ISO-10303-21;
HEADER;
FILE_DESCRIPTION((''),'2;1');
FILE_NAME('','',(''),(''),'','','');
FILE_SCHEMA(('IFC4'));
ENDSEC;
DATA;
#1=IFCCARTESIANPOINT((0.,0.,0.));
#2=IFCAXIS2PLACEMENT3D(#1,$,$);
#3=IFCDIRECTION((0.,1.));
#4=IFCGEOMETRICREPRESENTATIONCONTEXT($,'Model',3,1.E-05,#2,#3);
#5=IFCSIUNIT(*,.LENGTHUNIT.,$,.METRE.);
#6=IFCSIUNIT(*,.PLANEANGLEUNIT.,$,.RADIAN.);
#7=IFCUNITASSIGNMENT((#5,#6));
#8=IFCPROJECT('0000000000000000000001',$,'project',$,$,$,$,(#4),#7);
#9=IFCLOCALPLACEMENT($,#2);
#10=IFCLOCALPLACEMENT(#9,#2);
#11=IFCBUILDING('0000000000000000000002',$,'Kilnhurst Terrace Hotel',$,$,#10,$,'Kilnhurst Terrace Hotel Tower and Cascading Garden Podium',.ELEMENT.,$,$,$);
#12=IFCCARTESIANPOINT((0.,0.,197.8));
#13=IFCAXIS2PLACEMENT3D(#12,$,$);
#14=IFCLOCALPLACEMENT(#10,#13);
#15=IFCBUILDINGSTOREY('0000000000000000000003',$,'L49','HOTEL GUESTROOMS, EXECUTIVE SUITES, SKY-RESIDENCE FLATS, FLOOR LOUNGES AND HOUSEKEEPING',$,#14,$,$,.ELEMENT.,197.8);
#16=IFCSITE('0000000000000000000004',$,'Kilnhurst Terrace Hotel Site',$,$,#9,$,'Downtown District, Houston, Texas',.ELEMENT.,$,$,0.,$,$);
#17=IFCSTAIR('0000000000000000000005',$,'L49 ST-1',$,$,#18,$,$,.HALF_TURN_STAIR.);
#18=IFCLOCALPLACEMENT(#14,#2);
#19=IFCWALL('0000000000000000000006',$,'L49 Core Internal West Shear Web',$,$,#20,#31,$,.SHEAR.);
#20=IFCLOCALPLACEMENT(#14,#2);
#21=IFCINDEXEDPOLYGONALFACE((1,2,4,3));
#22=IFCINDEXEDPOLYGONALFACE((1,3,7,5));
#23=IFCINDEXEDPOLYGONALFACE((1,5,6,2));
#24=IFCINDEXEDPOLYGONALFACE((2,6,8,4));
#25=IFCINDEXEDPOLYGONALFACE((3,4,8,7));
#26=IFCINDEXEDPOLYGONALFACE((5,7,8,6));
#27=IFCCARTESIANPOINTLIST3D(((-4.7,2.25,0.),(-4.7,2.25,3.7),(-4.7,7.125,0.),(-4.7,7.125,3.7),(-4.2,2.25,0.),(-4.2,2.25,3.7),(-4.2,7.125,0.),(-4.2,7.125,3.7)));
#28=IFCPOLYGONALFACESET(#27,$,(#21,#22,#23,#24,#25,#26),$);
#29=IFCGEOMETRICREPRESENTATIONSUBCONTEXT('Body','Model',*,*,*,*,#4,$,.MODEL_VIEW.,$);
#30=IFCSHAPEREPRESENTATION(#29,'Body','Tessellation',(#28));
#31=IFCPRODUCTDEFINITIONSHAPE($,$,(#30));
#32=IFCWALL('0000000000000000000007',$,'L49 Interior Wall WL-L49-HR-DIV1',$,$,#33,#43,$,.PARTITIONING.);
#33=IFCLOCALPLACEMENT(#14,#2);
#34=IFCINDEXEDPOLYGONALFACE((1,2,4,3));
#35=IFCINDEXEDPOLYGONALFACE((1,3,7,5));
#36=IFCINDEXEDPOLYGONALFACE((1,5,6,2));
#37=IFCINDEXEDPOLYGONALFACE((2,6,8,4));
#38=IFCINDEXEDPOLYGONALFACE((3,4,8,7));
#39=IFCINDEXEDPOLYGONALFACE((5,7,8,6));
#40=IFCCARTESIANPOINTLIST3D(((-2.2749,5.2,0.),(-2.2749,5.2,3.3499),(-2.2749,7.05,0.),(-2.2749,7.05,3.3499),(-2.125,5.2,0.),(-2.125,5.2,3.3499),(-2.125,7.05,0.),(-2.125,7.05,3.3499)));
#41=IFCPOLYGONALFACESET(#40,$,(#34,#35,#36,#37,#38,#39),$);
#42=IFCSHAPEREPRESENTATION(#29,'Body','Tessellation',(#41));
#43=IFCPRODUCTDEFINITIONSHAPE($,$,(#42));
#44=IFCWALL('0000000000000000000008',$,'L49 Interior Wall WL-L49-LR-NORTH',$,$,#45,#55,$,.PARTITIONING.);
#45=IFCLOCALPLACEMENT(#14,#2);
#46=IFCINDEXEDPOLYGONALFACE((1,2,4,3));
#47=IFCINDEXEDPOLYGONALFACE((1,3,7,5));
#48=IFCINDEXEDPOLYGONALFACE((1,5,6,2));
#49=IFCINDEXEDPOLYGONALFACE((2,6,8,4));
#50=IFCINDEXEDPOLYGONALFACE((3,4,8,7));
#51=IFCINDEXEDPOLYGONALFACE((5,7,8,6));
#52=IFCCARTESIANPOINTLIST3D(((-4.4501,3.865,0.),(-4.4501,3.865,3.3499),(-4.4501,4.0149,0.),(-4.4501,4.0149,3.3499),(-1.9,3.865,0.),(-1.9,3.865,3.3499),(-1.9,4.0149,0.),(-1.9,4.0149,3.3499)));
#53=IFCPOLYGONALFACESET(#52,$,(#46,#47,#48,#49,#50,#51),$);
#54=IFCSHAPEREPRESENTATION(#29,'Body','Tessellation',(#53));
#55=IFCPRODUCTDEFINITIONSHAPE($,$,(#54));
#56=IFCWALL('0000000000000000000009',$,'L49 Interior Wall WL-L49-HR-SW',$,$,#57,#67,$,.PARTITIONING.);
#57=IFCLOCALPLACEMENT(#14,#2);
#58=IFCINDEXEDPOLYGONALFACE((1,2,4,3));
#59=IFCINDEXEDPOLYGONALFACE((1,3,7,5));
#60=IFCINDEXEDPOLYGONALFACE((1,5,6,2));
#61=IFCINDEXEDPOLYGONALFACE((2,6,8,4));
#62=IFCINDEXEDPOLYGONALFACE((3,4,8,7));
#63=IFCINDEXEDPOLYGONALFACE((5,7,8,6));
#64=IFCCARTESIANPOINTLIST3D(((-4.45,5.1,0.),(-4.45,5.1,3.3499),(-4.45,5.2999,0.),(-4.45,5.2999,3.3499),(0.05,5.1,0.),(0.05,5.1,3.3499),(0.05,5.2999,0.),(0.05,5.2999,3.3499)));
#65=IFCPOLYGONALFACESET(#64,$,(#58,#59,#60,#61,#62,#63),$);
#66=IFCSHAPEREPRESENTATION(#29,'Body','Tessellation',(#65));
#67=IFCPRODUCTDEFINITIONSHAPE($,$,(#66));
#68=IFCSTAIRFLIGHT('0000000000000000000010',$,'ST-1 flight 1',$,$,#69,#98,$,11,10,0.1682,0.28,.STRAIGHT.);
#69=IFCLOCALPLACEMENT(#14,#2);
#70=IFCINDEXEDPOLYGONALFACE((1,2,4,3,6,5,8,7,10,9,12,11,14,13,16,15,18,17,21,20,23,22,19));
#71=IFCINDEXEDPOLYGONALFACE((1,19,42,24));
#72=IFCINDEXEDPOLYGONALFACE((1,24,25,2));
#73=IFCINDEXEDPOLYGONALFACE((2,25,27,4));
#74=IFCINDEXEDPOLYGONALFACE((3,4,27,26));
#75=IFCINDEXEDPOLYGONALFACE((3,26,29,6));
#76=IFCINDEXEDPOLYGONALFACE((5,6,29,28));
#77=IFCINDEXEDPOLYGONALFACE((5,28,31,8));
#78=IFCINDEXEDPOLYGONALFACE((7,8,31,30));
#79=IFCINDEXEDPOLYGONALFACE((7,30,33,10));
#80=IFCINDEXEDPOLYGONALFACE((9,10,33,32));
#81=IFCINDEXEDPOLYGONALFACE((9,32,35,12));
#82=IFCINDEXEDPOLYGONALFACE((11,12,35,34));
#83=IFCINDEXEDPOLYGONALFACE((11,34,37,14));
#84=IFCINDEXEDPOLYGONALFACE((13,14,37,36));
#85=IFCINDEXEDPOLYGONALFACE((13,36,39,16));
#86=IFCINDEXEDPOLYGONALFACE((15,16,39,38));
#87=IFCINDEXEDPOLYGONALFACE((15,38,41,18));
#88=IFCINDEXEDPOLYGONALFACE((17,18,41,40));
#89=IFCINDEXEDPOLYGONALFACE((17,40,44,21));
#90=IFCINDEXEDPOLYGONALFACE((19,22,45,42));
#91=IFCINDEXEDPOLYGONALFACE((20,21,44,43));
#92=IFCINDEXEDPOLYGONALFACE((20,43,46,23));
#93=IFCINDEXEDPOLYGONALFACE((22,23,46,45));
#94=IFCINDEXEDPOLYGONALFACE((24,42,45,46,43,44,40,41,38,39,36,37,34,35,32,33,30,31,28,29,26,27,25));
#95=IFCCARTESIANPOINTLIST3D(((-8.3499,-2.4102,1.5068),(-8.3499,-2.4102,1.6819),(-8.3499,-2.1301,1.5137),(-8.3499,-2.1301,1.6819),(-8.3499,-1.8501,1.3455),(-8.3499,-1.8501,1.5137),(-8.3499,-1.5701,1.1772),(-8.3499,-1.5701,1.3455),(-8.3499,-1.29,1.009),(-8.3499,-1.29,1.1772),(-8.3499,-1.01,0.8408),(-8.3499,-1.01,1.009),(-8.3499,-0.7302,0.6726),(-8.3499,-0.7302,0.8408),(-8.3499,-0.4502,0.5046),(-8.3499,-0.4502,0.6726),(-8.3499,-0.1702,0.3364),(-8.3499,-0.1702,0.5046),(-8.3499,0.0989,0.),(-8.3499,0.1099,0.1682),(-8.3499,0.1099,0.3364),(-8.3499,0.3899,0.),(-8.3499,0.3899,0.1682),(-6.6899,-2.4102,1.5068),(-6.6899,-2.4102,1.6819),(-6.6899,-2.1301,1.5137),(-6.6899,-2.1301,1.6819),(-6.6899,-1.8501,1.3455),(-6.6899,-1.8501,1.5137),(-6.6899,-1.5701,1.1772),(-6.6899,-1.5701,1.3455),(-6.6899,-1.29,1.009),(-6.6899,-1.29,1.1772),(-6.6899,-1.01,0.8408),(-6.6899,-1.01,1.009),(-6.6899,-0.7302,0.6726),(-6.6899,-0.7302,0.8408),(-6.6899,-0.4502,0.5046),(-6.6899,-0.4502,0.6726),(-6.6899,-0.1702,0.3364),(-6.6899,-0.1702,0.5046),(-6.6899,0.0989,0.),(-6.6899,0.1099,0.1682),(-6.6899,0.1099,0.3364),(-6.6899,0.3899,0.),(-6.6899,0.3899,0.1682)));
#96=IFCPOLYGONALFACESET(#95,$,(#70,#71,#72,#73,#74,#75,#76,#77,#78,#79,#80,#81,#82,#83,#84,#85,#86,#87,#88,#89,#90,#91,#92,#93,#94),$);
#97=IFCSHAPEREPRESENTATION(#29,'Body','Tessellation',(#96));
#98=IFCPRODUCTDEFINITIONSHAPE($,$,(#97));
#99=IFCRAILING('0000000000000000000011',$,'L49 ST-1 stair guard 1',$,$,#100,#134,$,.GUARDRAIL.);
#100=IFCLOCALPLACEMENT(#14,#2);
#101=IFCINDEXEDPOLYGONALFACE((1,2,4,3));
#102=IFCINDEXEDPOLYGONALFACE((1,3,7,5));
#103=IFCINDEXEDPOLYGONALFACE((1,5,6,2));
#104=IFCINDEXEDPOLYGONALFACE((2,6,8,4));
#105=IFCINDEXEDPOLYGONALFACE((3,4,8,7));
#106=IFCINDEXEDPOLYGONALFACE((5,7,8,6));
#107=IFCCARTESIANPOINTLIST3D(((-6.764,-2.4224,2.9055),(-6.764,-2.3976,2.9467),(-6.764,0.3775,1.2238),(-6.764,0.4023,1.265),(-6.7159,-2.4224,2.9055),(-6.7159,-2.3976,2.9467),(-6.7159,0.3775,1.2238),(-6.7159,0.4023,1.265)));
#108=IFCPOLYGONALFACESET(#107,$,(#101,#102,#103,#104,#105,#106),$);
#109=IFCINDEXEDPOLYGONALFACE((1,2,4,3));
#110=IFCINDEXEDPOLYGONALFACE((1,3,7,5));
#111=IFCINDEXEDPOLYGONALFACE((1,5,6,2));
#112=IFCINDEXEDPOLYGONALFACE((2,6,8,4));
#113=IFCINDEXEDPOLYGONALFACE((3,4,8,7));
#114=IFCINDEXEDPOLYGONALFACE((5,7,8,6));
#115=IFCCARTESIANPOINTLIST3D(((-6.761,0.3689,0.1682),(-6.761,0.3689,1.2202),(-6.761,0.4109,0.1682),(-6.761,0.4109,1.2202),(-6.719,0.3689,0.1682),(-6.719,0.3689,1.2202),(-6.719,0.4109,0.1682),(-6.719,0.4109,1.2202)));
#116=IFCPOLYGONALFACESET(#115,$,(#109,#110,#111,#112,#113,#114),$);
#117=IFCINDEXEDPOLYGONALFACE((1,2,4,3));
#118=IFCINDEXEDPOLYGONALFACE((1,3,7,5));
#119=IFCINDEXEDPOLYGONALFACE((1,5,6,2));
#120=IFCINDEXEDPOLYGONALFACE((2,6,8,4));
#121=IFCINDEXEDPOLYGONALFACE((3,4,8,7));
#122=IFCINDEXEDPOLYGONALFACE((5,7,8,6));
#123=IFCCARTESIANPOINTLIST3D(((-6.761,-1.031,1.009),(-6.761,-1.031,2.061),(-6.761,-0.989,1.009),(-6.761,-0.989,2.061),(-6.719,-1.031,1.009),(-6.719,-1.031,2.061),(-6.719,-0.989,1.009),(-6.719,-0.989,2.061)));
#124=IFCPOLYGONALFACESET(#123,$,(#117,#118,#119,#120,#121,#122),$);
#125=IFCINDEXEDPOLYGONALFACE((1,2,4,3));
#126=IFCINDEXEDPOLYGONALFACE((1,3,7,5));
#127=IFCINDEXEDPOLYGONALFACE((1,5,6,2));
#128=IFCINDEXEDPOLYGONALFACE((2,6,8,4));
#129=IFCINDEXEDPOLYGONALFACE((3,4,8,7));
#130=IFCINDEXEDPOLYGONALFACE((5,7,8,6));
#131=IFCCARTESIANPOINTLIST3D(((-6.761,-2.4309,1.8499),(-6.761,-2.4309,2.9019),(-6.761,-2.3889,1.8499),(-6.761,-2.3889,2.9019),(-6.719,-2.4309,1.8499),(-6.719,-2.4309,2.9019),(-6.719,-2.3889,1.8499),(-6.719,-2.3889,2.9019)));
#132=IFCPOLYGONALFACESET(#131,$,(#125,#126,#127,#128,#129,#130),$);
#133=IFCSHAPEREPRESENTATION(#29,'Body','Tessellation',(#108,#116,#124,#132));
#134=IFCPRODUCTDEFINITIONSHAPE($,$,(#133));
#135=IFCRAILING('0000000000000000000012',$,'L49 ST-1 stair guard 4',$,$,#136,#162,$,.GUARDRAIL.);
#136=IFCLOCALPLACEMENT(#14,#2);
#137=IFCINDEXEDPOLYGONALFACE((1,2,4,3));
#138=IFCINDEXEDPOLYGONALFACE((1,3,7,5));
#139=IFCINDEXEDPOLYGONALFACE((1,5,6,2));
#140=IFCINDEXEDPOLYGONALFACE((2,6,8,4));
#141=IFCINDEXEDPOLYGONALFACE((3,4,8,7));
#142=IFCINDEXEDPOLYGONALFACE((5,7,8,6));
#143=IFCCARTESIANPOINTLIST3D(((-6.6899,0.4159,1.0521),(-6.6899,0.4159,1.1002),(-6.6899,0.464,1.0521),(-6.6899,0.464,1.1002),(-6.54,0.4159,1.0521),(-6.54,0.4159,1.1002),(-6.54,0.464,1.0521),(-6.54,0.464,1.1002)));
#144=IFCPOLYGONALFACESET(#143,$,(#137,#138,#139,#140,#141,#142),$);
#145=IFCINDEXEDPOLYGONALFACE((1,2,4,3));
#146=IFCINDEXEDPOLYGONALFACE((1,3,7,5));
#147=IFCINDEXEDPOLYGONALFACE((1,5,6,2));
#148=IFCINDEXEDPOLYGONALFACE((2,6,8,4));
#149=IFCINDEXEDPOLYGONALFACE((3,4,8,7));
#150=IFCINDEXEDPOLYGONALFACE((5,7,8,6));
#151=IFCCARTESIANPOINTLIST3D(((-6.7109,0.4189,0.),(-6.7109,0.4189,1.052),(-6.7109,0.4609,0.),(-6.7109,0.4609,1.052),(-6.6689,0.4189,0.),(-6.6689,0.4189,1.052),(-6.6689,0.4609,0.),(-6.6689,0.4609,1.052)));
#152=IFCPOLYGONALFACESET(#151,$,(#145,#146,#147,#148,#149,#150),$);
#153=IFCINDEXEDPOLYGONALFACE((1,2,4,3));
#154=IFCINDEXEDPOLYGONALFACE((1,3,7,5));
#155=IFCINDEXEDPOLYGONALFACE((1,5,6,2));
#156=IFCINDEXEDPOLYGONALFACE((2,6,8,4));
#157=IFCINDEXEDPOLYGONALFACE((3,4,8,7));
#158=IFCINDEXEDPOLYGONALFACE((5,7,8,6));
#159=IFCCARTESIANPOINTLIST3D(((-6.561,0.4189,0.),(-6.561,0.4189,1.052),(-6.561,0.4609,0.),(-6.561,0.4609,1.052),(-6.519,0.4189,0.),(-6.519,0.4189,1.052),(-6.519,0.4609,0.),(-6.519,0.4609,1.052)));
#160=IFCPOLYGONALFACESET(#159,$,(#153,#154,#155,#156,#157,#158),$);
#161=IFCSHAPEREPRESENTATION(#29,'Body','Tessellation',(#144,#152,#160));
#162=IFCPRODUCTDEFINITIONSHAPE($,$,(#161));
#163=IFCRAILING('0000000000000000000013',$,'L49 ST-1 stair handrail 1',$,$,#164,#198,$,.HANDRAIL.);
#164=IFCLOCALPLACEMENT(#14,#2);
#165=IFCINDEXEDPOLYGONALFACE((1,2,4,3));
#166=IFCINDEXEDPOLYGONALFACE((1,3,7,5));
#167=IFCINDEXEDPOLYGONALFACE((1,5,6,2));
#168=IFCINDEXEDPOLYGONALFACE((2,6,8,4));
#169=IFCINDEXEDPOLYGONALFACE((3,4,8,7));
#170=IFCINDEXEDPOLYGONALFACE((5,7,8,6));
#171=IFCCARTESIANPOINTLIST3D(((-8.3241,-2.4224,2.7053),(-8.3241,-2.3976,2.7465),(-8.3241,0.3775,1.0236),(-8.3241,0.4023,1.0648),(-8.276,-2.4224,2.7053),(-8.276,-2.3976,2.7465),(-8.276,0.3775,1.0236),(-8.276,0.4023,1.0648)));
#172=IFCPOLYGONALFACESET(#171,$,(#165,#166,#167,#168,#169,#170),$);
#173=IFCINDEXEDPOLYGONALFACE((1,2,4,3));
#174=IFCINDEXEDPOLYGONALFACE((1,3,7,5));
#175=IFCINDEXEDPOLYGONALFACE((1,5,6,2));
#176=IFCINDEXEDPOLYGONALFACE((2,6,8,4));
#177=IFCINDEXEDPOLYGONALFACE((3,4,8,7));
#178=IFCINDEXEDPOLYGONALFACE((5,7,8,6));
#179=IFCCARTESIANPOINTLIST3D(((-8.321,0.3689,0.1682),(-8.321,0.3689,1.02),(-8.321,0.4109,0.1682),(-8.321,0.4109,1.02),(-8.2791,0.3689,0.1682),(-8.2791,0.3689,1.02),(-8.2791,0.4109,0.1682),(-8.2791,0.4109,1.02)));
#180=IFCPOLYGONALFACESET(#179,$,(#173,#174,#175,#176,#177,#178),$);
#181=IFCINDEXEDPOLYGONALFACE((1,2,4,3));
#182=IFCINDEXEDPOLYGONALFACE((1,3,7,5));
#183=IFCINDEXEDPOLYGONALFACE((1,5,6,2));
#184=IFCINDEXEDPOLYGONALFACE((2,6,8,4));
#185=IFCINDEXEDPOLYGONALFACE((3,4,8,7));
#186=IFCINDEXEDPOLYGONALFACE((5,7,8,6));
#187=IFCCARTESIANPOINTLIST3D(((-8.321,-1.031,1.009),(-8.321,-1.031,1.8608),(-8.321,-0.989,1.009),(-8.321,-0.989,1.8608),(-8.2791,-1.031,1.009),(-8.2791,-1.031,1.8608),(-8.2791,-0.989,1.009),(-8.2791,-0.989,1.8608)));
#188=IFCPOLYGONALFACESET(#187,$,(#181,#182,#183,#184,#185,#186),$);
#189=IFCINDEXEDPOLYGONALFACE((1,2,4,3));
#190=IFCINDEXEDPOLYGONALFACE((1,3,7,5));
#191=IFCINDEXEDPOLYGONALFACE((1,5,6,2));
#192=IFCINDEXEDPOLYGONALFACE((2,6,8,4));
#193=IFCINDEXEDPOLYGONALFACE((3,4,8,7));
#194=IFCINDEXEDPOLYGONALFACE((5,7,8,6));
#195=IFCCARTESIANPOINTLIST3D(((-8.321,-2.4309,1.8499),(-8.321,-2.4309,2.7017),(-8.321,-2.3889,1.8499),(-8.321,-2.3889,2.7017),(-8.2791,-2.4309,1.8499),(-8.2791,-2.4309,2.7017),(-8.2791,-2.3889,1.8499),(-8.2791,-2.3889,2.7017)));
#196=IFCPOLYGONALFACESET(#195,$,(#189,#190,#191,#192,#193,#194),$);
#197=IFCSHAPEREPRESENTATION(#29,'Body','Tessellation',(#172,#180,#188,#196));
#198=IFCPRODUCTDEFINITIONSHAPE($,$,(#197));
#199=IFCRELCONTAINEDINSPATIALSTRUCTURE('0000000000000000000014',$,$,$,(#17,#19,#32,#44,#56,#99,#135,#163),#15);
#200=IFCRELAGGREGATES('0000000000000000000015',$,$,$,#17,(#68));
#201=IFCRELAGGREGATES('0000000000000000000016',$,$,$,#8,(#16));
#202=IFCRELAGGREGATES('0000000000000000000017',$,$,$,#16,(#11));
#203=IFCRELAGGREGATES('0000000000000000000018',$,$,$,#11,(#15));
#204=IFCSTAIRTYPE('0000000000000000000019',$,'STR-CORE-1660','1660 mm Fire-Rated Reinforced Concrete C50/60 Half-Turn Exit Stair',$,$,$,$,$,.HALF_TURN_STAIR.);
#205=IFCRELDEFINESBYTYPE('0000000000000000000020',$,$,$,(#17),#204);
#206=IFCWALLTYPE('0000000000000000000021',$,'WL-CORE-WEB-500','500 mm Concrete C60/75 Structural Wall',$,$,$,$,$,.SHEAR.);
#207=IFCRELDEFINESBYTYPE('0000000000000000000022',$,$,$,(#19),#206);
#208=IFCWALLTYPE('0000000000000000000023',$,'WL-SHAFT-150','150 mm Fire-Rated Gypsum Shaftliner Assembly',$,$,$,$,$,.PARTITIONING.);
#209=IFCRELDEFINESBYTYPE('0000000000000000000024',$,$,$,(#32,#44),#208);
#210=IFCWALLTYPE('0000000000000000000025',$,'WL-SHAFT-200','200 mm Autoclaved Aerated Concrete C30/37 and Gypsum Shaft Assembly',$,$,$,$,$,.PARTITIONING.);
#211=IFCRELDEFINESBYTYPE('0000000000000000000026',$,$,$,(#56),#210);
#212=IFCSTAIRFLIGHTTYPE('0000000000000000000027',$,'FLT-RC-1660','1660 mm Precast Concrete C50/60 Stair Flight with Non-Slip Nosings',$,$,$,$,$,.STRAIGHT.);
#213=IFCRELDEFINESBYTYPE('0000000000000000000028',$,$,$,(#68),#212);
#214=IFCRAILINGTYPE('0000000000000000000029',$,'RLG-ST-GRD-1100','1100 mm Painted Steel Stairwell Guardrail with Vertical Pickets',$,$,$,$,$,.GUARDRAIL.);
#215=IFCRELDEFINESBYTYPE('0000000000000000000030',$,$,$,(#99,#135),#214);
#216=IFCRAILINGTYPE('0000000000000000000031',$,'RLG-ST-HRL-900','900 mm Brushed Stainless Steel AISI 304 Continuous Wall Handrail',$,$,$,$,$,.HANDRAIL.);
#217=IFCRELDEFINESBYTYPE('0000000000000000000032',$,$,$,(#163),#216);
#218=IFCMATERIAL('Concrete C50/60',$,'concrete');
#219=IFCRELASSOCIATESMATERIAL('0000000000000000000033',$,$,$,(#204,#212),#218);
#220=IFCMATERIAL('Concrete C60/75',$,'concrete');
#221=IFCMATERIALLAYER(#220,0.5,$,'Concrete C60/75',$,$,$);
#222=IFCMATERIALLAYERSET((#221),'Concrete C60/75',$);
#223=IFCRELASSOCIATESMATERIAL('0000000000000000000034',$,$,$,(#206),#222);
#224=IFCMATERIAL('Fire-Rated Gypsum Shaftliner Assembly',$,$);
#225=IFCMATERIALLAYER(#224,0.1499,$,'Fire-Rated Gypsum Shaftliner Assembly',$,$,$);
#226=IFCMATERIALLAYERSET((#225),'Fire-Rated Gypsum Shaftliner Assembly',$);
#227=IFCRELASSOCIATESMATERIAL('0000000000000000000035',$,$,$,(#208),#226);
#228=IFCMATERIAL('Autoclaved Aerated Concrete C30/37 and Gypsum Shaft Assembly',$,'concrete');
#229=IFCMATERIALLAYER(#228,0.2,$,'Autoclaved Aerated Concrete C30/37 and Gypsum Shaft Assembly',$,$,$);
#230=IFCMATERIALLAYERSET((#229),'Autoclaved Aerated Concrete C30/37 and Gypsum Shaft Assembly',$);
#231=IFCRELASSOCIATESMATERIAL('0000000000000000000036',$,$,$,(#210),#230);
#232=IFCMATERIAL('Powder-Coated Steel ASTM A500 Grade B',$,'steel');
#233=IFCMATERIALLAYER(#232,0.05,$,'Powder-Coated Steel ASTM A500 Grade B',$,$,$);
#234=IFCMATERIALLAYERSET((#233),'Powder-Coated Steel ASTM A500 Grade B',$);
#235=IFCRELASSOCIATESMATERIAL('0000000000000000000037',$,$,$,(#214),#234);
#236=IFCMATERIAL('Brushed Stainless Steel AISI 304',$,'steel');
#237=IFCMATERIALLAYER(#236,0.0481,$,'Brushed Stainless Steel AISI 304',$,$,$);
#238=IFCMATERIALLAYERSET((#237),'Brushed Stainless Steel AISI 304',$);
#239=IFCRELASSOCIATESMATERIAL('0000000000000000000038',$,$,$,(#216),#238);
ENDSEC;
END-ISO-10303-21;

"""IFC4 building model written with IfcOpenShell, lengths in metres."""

from ifc_helpers import new_model, si_unit, direction, frame, frame_2d, origin, origin_2d, place, context, subcontext, project, spatial, polyline, rectangle, outline, extrude, material, layer, layer_set, type_object, element, aggregate, save


model = new_model("IFC4")

# Units and contexts
model_context = context("Model", 3, precision=1e-05, world=origin(), true_north=direction((0.0, 1.0)))
body_context = subcontext(model_context, "Body", "Model", "MODEL_VIEW")
ifc_project = project(units=[si_unit("LENGTHUNIT", "METRE"), si_unit("PLANEANGLEUNIT", "RADIAN")], contexts=[model_context])

# Site, building, storey
site_placement = place(None, origin())
site = spatial("IfcSite", under=ifc_project, at=site_placement, Name="Kilnhurst Terrace Hotel Site", LongName="Downtown District, Houston, Texas", CompositionType="ELEMENT", RefElevation=0.0)
building_placement = place(site_placement, origin())
building = spatial("IfcBuilding", under=site, at=building_placement, Name="Kilnhurst Terrace Hotel", LongName="Kilnhurst Terrace Hotel Tower and Cascading Garden Podium", CompositionType="ELEMENT")
storey_placement = place(building_placement, frame((0.0, 0.0, 197.8)))
storey = spatial("IfcBuildingStorey", under=building, at=storey_placement, Name="L49", Description="HOTEL GUESTROOMS, EXECUTIVE SUITES, SKY-RESIDENCE FLATS, FLOOR LOUNGES AND HOUSEKEEPING", CompositionType="ELEMENT", Elevation=197.8)

# Shared definitions
ifc_material_1 = material(Name="Concrete C50/60", Category="concrete")

# Stair
stair_type = type_object("IfcStairType", Name="STR-CORE-1660", Description="1660 mm Fire-Rated Reinforced Concrete C50/60 Half-Turn Exit Stair", PredefinedType="HALF_TURN_STAIR", material=ifc_material_1)
stair_1_placement = place(storey_placement, origin())
stair_1 = element("IfcStair", 1, at=stair_1_placement, inside=storey, type_object=stair_type, Name="L49 ST-1", PredefinedType="HALF_TURN_STAIR")

# Walls
ifc_material_2 = material(Name="Concrete C60/75", Category="concrete")
ifc_layer_1 = layer(ifc_material_2, 0.5, Name="Concrete C60/75")
ifc_layer_set_1 = layer_set([ifc_layer_1], Name="Concrete C60/75")
wall_type_1 = type_object("IfcWallType", Name="WL-CORE-WEB-500", Description="500 mm Concrete C60/75 Structural Wall", PredefinedType="SHEAR", material=ifc_layer_set_1)
wall_1_placement = place(storey_placement, frame((-4.45, 2.25, 0.0), z_axis=(0.0, 0.0, 1.0), x_axis=(0.0, 1.0, 0.0)))
element("IfcWall", 2, at=wall_1_placement, inside=storey, type_object=wall_type_1, Name="L49 Core Internal West Shear Web", PredefinedType="SHEAR", context=body_context, shape_type="SweptSolid", body=[
    extrude(rectangle(XDim=4.875, YDim=0.5, at=frame_2d((2.4375, 0.0))), origin(), (0.0, 0.0, 1.0), 3.7),
])
ifc_material_3 = material(Name="Fire-Rated Gypsum Shaftliner Assembly")
ifc_layer_2 = layer(ifc_material_3, 0.1499, Name="Fire-Rated Gypsum Shaftliner Assembly")
ifc_layer_set_2 = layer_set([ifc_layer_2], Name="Fire-Rated Gypsum Shaftliner Assembly")
wall_type_2 = type_object("IfcWallType", Name="WL-SHAFT-150", Description="150 mm Fire-Rated Gypsum Shaftliner Assembly", PredefinedType="PARTITIONING", material=ifc_layer_set_2)
wall_2_placement = place(storey_placement, frame((-2.2, 5.2, 0.0), z_axis=(0.0, 0.0, 1.0), x_axis=(0.0, 1.0, 0.0)))
element("IfcWall", 3, at=wall_2_placement, inside=storey, type_object=wall_type_2, Name="L49 Interior Wall WL-L49-HR-DIV1", PredefinedType="PARTITIONING", context=body_context, shape_type="SweptSolid", body=[
    extrude(rectangle(XDim=1.8501, YDim=0.1499, at=frame_2d((0.925, 0.0))), origin(), (0.0, 0.0, 1.0), 3.3499),
])
wall_3_placement = place(storey_placement, frame((-4.45, 3.9399, 0.0), z_axis=(0.0, 0.0, 1.0), x_axis=(1.0, 0.0, 0.0)))
element("IfcWall", 4, at=wall_3_placement, inside=storey, type_object=wall_type_2, Name="L49 Interior Wall WL-L49-LR-NORTH", PredefinedType="PARTITIONING", context=body_context, shape_type="SweptSolid", body=[
    extrude(rectangle(XDim=2.55, YDim=0.1499, at=frame_2d((1.2749, 0.0))), origin(), (0.0, 0.0, 1.0), 3.3499),
])
ifc_material_4 = material(Name="Autoclaved Aerated Concrete C30/37 and Gypsum Shaft Assembly", Category="concrete")
ifc_layer_3 = layer(ifc_material_4, 0.2, Name="Autoclaved Aerated Concrete C30/37 and Gypsum Shaft Assembly")
ifc_layer_set_3 = layer_set([ifc_layer_3], Name="Autoclaved Aerated Concrete C30/37 and Gypsum Shaft Assembly")
wall_type_3 = type_object("IfcWallType", Name="WL-SHAFT-200", Description="200 mm Autoclaved Aerated Concrete C30/37 and Gypsum Shaft Assembly", PredefinedType="PARTITIONING", material=ifc_layer_set_3)
wall_4_placement = place(storey_placement, frame((-4.45, 5.2, 0.0), z_axis=(0.0, 0.0, 1.0), x_axis=(1.0, 0.0, 0.0)))
element("IfcWall", 5, at=wall_4_placement, inside=storey, type_object=wall_type_3, Name="L49 Interior Wall WL-L49-HR-SW", PredefinedType="PARTITIONING", context=body_context, shape_type="SweptSolid", body=[
    extrude(rectangle(XDim=4.5, YDim=0.2, at=frame_2d((2.25, 0.0))), origin(), (0.0, 0.0, 1.0), 3.3499),
])

# Stair flight
stair_flight_type = type_object("IfcStairFlightType", Name="FLT-RC-1660", Description="1660 mm Precast Concrete C50/60 Stair Flight with Non-Slip Nosings", PredefinedType="STRAIGHT", material=ifc_material_1)
stair_flight_placement = place(storey_placement, frame((-7.52, 0.3899, 0.0), z_axis=(0.0, 0.0, 1.0), x_axis=(0.0, -1.0, 0.0)))
stair_flight = element("IfcStairFlight", 6, at=stair_flight_placement, type_object=stair_flight_type, Name="ST-1 flight 1", NumberOfRisers=11, NumberOfTreads=10, PredefinedType="STRAIGHT", RiserHeight=0.1682, TreadLength=0.28, context=body_context, shape_type="SweptSolid", body=[
    extrude(outline(polyline([(0.0, 0.0), (0.0, 0.1682), (0.28, 0.1682), (0.28, 0.3364), (0.5601, 0.3364), (0.5601, 0.5046), (0.8401, 0.5046), (0.8401, 0.6726), (1.1201, 0.6726), (1.1201, 0.8408), (1.3999, 0.8408), (1.3999, 1.009), (1.6799, 1.009), (1.6799, 1.1772), (1.96, 1.1772), (1.96, 1.3455), (2.24, 1.3455), (2.24, 1.5137), (2.52, 1.5137), (2.52, 1.6819), (2.8, 1.6819), (2.8, 1.8501), (2.8, 1.5068), (0.291, 0.0), (0.0, 0.0)])), frame((0.0, 0.8301, 0.0), z_axis=(0.0, -1.0, 0.0), x_axis=(1.0, 0.0, 0.0)), (0.0, 0.0, 1.0), 1.6599),
])
aggregate(stair_1, [stair_flight])

# Railings
ifc_material_5 = material(Name="Powder-Coated Steel ASTM A500 Grade B", Category="steel")
ifc_layer_4 = layer(ifc_material_5, 0.05, Name="Powder-Coated Steel ASTM A500 Grade B")
ifc_layer_set_4 = layer_set([ifc_layer_4], Name="Powder-Coated Steel ASTM A500 Grade B")
railing_type_1 = type_object("IfcRailingType", Name="RLG-ST-GRD-1100", Description="1100 mm Painted Steel Stairwell Guardrail with Vertical Pickets", PredefinedType="GUARDRAIL", material=ifc_layer_set_4)
railing_1_placement = place(storey_placement, frame((-6.74, 0.3899, 0.1682)))
element("IfcRailing", 7, at=railing_1_placement, inside=storey, type_object=railing_type_1, Name="L49 ST-1 stair guard 1", PredefinedType="GUARDRAIL", context=body_context, shape_type="SweptSolid", body=[
    extrude(rectangle(XDim=0.0481, YDim=0.0481, at=origin_2d()), frame((0.0, 0.0, 1.0762), z_axis=(0.0, -0.857255, 0.514891), x_axis=(1.0, 0.0, 0.0)), (0.0, 0.0, 1.0), 3.2661),
    extrude(rectangle(XDim=0.042, YDim=0.042, at=origin_2d()), origin(), (0.0, 0.0, 1.0), 1.052),
    extrude(rectangle(XDim=0.042, YDim=0.042, at=origin_2d()), frame((0.0, -1.3999, 0.8408)), (0.0, 0.0, 1.0), 1.052),
    extrude(rectangle(XDim=0.042, YDim=0.042, at=origin_2d()), frame((0.0, -2.7998, 1.6816)), (0.0, 0.0, 1.0), 1.052),
])
railing_2_placement = place(storey_placement, frame((-6.6899, 0.4399, 0.0)))
element("IfcRailing", 8, at=railing_2_placement, inside=storey, type_object=railing_type_1, Name="L49 ST-1 stair guard 4", PredefinedType="GUARDRAIL", context=body_context, shape_type="SweptSolid", body=[
    extrude(rectangle(XDim=0.0481, YDim=0.0481, at=origin_2d()), frame((0.0, 0.0, 1.0762), z_axis=(1.0, 0.0, 0.0), x_axis=(0.0, 1.0, 0.0)), (0.0, 0.0, 1.0), 0.1499),
    extrude(rectangle(XDim=0.042, YDim=0.042, at=origin_2d()), origin(), (0.0, 0.0, 1.0), 1.052),
    extrude(rectangle(XDim=0.042, YDim=0.042, at=origin_2d()), frame((0.1499, 0.0, 0.0)), (0.0, 0.0, 1.0), 1.052),
])
ifc_material_6 = material(Name="Brushed Stainless Steel AISI 304", Category="steel")
ifc_layer_5 = layer(ifc_material_6, 0.0481, Name="Brushed Stainless Steel AISI 304")
ifc_layer_set_5 = layer_set([ifc_layer_5], Name="Brushed Stainless Steel AISI 304")
railing_type_2 = type_object("IfcRailingType", Name="RLG-ST-HRL-900", Description="900 mm Brushed Stainless Steel AISI 304 Continuous Wall Handrail", PredefinedType="HANDRAIL", material=ifc_layer_set_5)
railing_3_placement = place(storey_placement, frame((-8.3, 0.3899, 0.1682)))
element("IfcRailing", 9, at=railing_3_placement, inside=storey, type_object=railing_type_2, Name="L49 ST-1 stair handrail 1", PredefinedType="HANDRAIL", context=body_context, shape_type="SweptSolid", body=[
    extrude(rectangle(XDim=0.0481, YDim=0.0481, at=origin_2d()), frame((0.0, 0.0, 0.876), z_axis=(0.0, -0.857255, 0.514891), x_axis=(1.0, 0.0, 0.0)), (0.0, 0.0, 1.0), 3.2661),
    extrude(rectangle(XDim=0.042, YDim=0.042, at=origin_2d()), origin(), (0.0, 0.0, 1.0), 0.8518),
    extrude(rectangle(XDim=0.042, YDim=0.042, at=origin_2d()), frame((0.0, -1.3999, 0.8408)), (0.0, 0.0, 1.0), 0.8518),
    extrude(rectangle(XDim=0.042, YDim=0.042, at=origin_2d()), frame((0.0, -2.7998, 1.6816)), (0.0, 0.0, 1.0), 0.8518),
])

save(model, "model.ifc")
